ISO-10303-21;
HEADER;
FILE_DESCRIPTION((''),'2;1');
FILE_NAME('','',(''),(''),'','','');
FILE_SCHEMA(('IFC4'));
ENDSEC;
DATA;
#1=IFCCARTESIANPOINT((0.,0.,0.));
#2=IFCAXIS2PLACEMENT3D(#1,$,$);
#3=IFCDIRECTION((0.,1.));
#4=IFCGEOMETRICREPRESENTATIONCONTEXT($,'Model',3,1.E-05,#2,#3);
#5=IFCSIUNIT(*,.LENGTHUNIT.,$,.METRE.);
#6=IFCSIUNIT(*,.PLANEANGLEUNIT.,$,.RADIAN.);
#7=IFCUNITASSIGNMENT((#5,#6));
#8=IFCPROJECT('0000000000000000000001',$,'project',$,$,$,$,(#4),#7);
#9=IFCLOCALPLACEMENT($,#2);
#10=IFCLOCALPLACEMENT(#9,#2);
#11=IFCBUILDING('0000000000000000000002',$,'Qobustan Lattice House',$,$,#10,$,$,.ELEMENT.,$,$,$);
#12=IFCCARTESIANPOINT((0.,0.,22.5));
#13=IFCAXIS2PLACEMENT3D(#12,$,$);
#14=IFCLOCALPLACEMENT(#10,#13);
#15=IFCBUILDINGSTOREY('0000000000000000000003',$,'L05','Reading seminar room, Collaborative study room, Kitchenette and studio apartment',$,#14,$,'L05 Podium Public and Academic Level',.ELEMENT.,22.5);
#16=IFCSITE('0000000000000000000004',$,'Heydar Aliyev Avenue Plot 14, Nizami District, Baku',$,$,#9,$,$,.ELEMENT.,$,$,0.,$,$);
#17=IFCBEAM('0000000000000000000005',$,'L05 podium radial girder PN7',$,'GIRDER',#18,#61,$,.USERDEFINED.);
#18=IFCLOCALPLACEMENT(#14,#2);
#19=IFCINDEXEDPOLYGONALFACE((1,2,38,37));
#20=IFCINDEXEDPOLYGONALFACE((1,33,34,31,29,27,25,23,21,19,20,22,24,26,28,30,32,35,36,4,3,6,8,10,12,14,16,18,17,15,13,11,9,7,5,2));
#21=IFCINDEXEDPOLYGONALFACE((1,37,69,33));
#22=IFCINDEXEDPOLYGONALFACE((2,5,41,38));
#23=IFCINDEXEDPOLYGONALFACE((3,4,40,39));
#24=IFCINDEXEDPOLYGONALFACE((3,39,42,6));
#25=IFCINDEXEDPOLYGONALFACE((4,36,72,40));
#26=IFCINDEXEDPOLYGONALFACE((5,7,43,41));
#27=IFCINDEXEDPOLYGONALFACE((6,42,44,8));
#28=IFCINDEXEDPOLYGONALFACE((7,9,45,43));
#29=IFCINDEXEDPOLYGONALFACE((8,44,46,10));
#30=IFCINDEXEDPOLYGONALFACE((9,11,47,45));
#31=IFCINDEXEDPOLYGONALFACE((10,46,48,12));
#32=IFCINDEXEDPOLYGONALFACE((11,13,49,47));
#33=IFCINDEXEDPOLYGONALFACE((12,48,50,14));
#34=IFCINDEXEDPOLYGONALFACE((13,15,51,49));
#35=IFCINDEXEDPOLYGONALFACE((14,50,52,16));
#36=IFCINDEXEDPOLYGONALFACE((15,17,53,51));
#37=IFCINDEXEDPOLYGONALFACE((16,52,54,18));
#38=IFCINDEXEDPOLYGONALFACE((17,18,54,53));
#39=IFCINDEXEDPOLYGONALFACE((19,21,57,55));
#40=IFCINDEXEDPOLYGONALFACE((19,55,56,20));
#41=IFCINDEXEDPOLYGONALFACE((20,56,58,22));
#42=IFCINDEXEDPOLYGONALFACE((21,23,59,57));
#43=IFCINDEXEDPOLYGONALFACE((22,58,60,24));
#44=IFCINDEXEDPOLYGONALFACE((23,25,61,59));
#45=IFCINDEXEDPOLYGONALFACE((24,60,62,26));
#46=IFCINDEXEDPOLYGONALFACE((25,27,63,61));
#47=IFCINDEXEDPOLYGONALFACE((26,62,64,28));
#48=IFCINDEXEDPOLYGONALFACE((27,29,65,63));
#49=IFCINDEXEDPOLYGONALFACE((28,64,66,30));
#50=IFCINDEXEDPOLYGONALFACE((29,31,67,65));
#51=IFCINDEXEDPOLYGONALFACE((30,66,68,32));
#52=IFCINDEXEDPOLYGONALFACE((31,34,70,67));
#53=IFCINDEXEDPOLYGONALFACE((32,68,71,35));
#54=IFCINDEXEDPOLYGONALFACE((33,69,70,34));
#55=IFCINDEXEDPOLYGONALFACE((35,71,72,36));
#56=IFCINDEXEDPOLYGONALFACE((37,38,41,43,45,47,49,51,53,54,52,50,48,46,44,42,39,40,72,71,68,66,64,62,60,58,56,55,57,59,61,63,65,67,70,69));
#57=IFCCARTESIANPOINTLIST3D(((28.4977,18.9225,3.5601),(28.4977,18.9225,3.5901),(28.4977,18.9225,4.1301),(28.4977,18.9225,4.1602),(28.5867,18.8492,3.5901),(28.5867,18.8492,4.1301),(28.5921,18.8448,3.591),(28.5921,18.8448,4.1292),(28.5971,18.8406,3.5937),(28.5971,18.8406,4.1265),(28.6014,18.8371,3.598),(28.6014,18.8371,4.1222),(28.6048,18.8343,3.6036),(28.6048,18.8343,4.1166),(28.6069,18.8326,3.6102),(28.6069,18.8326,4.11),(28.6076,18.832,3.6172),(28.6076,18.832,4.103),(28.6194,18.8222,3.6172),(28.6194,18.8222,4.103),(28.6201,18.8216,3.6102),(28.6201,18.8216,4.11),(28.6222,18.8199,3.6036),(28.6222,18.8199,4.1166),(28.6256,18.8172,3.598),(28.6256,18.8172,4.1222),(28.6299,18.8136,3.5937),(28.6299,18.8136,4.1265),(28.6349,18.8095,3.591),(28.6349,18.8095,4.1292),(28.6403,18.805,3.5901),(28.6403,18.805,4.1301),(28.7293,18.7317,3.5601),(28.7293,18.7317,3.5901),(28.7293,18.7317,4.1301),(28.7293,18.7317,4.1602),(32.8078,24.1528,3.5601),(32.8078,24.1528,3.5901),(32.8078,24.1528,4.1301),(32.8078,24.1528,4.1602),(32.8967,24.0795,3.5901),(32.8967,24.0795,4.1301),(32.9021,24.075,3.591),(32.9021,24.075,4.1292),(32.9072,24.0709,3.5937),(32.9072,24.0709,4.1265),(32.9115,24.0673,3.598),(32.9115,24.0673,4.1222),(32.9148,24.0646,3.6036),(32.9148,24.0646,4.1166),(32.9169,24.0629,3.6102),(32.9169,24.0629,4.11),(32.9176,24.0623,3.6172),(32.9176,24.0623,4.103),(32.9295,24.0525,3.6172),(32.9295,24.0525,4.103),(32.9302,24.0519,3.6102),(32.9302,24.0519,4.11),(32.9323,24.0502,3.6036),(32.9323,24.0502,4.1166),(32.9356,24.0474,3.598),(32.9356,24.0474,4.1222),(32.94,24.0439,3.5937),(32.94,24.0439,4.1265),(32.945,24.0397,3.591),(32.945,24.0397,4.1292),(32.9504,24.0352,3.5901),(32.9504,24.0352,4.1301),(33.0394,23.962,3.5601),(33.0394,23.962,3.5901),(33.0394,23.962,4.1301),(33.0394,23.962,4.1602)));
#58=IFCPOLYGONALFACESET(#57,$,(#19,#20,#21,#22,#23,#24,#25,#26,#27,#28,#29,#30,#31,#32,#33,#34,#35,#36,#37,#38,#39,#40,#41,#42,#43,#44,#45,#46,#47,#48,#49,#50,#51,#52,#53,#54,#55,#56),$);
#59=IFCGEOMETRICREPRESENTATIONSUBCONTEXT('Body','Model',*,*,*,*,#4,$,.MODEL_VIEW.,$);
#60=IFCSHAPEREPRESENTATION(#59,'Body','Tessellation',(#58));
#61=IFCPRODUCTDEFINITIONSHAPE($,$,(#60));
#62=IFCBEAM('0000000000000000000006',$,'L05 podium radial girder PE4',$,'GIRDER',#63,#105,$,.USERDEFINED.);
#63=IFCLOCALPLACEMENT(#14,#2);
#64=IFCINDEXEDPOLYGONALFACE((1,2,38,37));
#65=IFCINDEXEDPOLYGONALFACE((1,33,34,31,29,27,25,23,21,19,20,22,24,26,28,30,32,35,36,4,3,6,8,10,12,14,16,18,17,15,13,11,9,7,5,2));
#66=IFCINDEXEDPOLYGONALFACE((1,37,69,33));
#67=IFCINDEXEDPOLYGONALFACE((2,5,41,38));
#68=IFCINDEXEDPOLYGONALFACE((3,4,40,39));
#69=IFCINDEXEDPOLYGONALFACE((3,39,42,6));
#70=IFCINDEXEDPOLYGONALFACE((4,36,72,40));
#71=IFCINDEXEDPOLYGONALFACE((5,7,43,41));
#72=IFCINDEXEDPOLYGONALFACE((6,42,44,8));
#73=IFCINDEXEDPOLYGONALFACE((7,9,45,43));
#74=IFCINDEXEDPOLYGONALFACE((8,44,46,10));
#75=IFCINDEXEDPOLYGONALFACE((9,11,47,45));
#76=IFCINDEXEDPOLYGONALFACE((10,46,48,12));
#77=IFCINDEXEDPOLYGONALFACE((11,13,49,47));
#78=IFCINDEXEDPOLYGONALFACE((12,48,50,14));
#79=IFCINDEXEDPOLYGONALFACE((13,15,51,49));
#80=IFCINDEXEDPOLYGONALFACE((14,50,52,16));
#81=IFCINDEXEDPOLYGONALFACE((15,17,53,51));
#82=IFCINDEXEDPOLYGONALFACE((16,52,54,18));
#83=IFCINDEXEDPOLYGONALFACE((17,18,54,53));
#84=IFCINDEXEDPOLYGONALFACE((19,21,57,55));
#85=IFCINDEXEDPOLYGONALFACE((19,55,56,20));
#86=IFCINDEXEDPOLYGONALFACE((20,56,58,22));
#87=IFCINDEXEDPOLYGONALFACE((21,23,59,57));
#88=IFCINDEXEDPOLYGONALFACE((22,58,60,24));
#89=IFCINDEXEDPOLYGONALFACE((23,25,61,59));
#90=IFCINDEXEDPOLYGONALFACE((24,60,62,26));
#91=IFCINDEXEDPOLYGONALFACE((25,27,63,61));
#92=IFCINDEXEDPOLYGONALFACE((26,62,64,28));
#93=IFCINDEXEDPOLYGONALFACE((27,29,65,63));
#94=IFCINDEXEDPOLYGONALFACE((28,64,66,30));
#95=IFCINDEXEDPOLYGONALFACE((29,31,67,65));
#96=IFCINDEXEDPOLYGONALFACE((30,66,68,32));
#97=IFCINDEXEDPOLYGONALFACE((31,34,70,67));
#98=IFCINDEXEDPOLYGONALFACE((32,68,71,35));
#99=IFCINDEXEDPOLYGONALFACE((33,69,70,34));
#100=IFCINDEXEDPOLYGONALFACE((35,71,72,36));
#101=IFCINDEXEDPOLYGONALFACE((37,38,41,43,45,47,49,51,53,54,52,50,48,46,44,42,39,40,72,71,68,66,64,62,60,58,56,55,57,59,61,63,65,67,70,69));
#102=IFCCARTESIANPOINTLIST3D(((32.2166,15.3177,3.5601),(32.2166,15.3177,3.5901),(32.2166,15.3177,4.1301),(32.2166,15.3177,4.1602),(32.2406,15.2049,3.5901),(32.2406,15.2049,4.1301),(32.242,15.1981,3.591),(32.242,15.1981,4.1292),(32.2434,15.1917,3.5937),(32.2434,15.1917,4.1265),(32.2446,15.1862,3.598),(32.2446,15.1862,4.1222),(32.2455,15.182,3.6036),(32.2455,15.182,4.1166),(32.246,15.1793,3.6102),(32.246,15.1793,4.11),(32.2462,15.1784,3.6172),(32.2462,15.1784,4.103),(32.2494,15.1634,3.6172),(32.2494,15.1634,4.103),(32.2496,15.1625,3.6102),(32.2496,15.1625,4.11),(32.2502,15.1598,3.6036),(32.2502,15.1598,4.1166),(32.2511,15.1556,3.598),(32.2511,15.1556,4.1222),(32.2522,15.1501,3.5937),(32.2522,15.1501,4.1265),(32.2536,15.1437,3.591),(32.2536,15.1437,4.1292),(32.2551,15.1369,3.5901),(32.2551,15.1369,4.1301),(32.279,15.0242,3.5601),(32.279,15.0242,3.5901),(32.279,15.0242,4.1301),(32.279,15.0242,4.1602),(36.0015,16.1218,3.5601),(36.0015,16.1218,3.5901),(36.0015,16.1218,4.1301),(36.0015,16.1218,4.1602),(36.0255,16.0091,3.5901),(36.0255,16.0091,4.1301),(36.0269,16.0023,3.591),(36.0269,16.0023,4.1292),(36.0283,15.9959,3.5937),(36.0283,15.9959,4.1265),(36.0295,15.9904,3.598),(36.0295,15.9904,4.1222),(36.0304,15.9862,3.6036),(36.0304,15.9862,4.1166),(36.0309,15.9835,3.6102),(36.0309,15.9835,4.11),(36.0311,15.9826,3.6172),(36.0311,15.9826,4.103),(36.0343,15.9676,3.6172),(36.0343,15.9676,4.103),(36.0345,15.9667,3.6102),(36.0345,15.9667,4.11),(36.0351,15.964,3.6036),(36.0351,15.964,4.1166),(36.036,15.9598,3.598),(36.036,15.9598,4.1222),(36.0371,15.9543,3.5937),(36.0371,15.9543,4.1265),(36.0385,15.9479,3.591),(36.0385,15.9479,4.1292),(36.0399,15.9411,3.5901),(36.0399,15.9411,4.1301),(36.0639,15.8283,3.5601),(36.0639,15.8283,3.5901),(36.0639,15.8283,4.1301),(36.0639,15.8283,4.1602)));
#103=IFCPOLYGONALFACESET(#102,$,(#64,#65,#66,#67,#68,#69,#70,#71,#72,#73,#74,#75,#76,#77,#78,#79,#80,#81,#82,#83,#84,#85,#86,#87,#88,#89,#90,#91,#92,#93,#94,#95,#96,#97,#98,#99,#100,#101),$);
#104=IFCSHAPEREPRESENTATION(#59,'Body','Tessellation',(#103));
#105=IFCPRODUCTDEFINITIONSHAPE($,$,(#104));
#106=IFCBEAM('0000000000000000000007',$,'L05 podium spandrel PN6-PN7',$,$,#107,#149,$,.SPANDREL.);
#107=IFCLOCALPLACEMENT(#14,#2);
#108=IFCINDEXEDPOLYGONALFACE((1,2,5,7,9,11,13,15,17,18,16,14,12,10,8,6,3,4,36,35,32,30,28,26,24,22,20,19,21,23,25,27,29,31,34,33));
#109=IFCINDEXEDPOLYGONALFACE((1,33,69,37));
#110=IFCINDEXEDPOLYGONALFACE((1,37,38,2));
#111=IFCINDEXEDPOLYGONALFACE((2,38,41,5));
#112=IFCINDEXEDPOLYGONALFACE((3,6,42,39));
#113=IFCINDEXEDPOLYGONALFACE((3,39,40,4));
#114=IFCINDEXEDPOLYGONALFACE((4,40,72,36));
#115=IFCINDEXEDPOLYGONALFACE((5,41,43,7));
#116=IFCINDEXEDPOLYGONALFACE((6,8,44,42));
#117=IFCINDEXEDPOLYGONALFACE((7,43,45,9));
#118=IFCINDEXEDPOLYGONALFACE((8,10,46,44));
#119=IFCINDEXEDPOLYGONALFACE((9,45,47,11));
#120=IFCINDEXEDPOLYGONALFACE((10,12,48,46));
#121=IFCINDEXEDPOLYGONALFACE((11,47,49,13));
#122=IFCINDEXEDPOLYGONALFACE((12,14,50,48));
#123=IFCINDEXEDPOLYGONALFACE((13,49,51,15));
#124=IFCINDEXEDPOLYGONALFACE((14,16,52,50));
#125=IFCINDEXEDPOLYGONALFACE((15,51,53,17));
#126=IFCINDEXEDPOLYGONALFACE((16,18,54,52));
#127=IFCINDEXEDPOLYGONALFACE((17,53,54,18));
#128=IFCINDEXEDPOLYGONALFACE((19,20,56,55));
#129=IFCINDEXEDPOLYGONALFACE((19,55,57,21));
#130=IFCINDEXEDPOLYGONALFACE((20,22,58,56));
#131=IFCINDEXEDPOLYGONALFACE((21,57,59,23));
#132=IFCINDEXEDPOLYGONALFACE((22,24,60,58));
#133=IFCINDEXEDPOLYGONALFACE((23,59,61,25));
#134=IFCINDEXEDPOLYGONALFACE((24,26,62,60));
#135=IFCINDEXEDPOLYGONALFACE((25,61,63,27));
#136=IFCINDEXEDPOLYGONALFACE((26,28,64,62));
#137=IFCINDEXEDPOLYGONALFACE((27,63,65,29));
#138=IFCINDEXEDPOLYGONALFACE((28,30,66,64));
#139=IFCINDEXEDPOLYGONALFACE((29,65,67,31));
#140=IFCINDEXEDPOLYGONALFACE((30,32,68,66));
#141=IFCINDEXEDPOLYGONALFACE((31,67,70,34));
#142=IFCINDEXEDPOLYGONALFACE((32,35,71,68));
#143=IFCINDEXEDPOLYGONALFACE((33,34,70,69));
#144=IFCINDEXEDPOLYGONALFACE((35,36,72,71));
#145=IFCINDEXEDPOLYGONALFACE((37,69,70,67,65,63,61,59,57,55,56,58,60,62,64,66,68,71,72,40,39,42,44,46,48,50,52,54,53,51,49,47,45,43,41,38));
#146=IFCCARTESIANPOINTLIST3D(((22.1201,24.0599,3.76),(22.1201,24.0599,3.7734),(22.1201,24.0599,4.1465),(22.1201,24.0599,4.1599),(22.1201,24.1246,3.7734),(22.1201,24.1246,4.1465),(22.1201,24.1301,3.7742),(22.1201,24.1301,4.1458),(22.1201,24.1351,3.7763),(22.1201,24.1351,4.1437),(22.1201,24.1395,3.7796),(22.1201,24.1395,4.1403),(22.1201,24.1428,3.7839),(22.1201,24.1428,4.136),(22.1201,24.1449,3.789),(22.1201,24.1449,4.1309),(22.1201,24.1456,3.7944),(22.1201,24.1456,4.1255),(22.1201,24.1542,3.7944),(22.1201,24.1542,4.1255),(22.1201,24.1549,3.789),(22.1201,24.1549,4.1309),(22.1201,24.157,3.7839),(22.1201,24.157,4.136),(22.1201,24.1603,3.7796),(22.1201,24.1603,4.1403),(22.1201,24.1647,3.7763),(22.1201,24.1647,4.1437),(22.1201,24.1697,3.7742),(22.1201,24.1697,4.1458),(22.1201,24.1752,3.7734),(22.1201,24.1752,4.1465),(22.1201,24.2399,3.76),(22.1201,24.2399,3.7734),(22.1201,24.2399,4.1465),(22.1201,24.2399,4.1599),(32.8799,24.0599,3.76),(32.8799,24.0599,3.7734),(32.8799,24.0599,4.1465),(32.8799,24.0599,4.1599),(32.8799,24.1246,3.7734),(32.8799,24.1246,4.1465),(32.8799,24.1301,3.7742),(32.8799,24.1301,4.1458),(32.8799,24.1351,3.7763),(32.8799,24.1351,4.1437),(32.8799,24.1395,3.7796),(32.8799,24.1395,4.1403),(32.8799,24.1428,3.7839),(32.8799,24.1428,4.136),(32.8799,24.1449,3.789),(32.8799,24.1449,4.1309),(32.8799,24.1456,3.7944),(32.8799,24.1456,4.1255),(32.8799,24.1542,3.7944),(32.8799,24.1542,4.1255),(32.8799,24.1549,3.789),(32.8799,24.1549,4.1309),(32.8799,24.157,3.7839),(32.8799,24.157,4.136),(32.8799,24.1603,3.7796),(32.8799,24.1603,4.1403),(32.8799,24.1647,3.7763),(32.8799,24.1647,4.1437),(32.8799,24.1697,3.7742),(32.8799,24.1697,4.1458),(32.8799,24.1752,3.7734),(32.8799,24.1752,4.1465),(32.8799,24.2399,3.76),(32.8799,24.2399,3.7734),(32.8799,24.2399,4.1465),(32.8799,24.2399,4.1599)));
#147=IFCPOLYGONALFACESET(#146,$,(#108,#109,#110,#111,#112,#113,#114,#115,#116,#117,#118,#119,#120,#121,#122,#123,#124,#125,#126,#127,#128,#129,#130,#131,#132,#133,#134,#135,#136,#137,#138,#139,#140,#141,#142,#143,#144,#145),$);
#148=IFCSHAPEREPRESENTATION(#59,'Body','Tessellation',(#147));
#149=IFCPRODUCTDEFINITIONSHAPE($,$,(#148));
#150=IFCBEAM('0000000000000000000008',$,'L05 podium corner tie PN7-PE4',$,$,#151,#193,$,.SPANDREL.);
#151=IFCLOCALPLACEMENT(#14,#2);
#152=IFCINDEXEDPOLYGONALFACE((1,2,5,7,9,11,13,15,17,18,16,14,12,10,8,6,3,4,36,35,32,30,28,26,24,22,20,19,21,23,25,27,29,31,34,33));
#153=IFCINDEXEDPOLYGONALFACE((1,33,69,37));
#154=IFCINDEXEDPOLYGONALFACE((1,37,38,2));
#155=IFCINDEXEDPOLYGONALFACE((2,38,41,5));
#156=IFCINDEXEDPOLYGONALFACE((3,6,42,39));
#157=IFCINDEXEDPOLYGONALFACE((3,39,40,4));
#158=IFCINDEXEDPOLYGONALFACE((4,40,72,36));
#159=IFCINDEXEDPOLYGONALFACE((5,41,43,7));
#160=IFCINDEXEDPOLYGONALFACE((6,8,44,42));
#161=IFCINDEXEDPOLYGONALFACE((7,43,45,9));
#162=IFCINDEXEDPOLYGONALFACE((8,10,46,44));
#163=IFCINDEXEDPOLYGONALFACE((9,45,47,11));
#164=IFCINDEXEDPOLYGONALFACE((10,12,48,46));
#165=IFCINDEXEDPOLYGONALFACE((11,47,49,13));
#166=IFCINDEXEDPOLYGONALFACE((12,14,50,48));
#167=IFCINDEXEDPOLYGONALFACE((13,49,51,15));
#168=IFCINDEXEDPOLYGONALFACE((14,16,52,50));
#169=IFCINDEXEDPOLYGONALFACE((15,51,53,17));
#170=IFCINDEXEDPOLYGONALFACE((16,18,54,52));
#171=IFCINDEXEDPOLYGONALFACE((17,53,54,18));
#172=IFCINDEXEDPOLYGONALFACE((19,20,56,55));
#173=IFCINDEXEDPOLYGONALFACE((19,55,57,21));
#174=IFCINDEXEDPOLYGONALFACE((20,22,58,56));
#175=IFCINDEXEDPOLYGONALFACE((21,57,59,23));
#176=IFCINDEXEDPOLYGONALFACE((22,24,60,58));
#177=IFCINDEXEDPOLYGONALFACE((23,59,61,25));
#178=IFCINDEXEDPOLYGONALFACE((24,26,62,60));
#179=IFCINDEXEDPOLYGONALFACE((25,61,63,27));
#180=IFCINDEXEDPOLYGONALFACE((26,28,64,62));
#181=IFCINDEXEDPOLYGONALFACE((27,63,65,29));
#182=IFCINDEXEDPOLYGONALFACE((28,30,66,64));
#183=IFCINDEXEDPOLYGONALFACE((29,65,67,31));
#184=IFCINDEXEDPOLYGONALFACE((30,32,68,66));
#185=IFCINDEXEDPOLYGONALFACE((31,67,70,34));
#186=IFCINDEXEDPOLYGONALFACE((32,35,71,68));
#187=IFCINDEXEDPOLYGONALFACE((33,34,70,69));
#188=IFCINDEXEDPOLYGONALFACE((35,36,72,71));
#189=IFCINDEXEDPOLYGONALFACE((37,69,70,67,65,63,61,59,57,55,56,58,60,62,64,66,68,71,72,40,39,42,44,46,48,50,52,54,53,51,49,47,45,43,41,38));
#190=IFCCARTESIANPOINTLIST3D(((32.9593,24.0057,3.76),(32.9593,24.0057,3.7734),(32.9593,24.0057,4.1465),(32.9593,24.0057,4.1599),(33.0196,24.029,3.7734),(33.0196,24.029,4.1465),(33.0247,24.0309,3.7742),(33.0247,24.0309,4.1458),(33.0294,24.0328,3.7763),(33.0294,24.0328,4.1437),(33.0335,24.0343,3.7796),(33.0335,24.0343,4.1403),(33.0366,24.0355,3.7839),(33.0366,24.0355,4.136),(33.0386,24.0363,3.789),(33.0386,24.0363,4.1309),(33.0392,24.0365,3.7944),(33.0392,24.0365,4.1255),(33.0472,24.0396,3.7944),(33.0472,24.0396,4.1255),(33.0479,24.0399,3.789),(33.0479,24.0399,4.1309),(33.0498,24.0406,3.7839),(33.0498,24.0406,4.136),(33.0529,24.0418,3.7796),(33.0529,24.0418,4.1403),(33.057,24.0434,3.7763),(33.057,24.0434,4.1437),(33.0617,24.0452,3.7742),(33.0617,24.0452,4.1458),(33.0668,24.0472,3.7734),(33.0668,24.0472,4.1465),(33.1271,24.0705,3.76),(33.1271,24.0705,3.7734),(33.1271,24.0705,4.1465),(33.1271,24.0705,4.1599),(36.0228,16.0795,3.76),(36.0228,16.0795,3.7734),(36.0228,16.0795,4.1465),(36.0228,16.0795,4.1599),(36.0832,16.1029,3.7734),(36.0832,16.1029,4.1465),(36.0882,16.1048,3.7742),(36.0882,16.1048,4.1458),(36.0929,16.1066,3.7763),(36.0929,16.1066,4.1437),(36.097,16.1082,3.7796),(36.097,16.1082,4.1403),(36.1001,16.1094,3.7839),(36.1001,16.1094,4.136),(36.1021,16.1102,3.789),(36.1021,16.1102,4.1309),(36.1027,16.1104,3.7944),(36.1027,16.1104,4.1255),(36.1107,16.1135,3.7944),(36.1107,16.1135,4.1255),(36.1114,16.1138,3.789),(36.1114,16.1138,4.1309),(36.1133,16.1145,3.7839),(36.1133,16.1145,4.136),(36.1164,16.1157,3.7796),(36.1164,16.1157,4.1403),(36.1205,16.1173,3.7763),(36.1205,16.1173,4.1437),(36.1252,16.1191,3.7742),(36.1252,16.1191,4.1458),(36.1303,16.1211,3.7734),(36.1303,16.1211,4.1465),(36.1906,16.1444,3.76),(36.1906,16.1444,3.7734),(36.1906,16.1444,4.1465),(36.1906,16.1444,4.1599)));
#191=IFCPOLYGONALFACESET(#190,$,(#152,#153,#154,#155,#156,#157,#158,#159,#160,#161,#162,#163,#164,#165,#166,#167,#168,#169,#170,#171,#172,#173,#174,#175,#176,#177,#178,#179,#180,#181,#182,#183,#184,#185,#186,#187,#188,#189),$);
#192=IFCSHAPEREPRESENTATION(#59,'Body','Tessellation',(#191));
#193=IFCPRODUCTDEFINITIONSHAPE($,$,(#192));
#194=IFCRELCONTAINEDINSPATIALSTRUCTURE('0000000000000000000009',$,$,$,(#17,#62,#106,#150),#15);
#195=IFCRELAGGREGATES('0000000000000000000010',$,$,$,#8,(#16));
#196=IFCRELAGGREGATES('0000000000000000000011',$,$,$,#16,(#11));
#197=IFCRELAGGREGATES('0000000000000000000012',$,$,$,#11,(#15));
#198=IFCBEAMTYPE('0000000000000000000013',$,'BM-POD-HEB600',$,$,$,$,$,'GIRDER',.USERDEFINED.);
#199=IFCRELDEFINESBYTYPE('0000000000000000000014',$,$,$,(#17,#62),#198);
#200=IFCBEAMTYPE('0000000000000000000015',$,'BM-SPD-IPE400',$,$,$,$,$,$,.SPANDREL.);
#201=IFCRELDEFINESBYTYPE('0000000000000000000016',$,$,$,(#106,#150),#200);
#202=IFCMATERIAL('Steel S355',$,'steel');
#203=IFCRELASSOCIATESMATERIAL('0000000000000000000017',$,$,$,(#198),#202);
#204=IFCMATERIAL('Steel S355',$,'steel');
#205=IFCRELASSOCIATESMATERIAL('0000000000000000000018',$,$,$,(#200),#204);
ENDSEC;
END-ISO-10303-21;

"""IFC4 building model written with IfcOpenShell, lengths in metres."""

from ifc_helpers import new_model, si_unit, direction, frame, origin, origin_2d, place, context, subcontext, project, spatial, i_section, extrude, material, material_profile, profile_set, type_object, element, save


model = new_model("IFC4")

# Units and contexts
model_context = context("Model", 3, precision=1e-05, world=origin(), true_north=direction((0.0, 1.0)))
body_context = subcontext(model_context, "Body", "Model", "MODEL_VIEW")
ifc_project = project(units=[si_unit("LENGTHUNIT", "METRE"), si_unit("PLANEANGLEUNIT", "RADIAN")], contexts=[model_context])

# Site, building, storey
site_placement = place(None, origin())
site = spatial("IfcSite", under=ifc_project, at=site_placement, Name="Heydar Aliyev Avenue Plot 14, Nizami District, Baku", CompositionType="ELEMENT", RefElevation=0.0)
building_placement = place(site_placement, origin())
building = spatial("IfcBuilding", under=site, at=building_placement, Name="Qobustan Lattice House", CompositionType="ELEMENT")
storey_placement = place(building_placement, frame((0.0, 0.0, 22.5)))
storey = spatial("IfcBuildingStorey", under=building, at=storey_placement, Name="L05", Description="Reading seminar room, Collaborative study room, Kitchenette and studio apartment", LongName="L05 Podium Public and Academic Level", CompositionType="ELEMENT", Elevation=22.5)

# Beams
ifc_material_1 = material(Name="Steel S355", Category="steel")
ifc_material_profile_1 = material_profile(ifc_material_1, i_section(OverallWidth=0.3, OverallDepth=0.6001, WebThickness=0.0154, FlangeThickness=0.03, FilletRadius=0.0271, at=origin_2d()), Name="HEB600")
ifc_profile_set_1 = profile_set([ifc_material_profile_1], Name="Steel S355")
beam_type_1 = type_object("IfcBeamType", Name="BM-POD-HEB600", ElementType="GIRDER", PredefinedType="USERDEFINED", material=ifc_profile_set_1)
beam_1_placement = place(storey_placement, frame((32.9236, 24.0574, 3.8601), z_axis=(-0.635955, -0.771726, 0.0), x_axis=(0.771726, -0.635955, 0.0)))
element("IfcBeam", 1, at=beam_1_placement, inside=storey, type_object=beam_type_1, Name="L05 podium radial girder PN7", ObjectType="GIRDER", PredefinedType="USERDEFINED", context=body_context, shape_type="SweptSolid", body=[
    extrude(i_section(OverallWidth=0.3, OverallDepth=0.6001, WebThickness=0.0154, FlangeThickness=0.03, FilletRadius=0.0271, at=origin_2d()), origin(), (0.0, 0.0, 1.0), 6.7773),
])
beam_2_placement = place(storey_placement, frame((36.0327, 15.9751, 3.8601), z_axis=(-0.978164, -0.207835, 0.0), x_axis=(0.207835, -0.978164, 0.0)))
element("IfcBeam", 2, at=beam_2_placement, inside=storey, type_object=beam_type_1, Name="L05 podium radial girder PE4", ObjectType="GIRDER", PredefinedType="USERDEFINED", context=body_context, shape_type="SweptSolid", body=[
    extrude(i_section(OverallWidth=0.3, OverallDepth=0.6001, WebThickness=0.0154, FlangeThickness=0.03, FilletRadius=0.0271, at=origin_2d()), origin(), (0.0, 0.0, 1.0), 3.8694),
])
ifc_material_2 = material(Name="Steel S355", Category="steel")
ifc_material_profile_2 = material_profile(ifc_material_2, i_section(OverallWidth=0.1799, OverallDepth=0.3999, WebThickness=0.0085, FlangeThickness=0.0134, FilletRadius=0.021, at=origin_2d()), Name="IPE400")
ifc_profile_set_2 = profile_set([ifc_material_profile_2], Name="Steel S355")
beam_type_2 = type_object("IfcBeamType", Name="BM-SPD-IPE400", PredefinedType="SPANDREL", material=ifc_profile_set_2)
beam_3_placement = place(storey_placement, frame((22.1201, 24.1499, 3.96), z_axis=(1.0, 0.0, 0.0), x_axis=(0.0, 1.0, 0.0)))
element("IfcBeam", 3, at=beam_3_placement, inside=storey, type_object=beam_type_2, Name="L05 podium spandrel PN6-PN7", PredefinedType="SPANDREL", context=body_context, shape_type="SweptSolid", body=[
    extrude(i_section(OverallWidth=0.1799, OverallDepth=0.3999, WebThickness=0.0085, FlangeThickness=0.0134, FilletRadius=0.021, at=origin_2d()), origin(), (0.0, 0.0, 1.0), 10.7598),
])
beam_4_placement = place(storey_placement, frame((33.0432, 24.0381, 3.96), z_axis=(0.360517, -0.932753, 0.0), x_axis=(0.932753, 0.360517, 0.0)))
element("IfcBeam", 4, at=beam_4_placement, inside=storey, type_object=beam_type_2, Name="L05 podium corner tie PN7-PE4", PredefinedType="SPANDREL", context=body_context, shape_type="SweptSolid", body=[
    extrude(i_section(OverallWidth=0.1799, OverallDepth=0.3999, WebThickness=0.0085, FlangeThickness=0.0134, FilletRadius=0.021, at=origin_2d()), origin(), (0.0, 0.0, 1.0), 8.4976),
])

save(model, "model.ifc")
